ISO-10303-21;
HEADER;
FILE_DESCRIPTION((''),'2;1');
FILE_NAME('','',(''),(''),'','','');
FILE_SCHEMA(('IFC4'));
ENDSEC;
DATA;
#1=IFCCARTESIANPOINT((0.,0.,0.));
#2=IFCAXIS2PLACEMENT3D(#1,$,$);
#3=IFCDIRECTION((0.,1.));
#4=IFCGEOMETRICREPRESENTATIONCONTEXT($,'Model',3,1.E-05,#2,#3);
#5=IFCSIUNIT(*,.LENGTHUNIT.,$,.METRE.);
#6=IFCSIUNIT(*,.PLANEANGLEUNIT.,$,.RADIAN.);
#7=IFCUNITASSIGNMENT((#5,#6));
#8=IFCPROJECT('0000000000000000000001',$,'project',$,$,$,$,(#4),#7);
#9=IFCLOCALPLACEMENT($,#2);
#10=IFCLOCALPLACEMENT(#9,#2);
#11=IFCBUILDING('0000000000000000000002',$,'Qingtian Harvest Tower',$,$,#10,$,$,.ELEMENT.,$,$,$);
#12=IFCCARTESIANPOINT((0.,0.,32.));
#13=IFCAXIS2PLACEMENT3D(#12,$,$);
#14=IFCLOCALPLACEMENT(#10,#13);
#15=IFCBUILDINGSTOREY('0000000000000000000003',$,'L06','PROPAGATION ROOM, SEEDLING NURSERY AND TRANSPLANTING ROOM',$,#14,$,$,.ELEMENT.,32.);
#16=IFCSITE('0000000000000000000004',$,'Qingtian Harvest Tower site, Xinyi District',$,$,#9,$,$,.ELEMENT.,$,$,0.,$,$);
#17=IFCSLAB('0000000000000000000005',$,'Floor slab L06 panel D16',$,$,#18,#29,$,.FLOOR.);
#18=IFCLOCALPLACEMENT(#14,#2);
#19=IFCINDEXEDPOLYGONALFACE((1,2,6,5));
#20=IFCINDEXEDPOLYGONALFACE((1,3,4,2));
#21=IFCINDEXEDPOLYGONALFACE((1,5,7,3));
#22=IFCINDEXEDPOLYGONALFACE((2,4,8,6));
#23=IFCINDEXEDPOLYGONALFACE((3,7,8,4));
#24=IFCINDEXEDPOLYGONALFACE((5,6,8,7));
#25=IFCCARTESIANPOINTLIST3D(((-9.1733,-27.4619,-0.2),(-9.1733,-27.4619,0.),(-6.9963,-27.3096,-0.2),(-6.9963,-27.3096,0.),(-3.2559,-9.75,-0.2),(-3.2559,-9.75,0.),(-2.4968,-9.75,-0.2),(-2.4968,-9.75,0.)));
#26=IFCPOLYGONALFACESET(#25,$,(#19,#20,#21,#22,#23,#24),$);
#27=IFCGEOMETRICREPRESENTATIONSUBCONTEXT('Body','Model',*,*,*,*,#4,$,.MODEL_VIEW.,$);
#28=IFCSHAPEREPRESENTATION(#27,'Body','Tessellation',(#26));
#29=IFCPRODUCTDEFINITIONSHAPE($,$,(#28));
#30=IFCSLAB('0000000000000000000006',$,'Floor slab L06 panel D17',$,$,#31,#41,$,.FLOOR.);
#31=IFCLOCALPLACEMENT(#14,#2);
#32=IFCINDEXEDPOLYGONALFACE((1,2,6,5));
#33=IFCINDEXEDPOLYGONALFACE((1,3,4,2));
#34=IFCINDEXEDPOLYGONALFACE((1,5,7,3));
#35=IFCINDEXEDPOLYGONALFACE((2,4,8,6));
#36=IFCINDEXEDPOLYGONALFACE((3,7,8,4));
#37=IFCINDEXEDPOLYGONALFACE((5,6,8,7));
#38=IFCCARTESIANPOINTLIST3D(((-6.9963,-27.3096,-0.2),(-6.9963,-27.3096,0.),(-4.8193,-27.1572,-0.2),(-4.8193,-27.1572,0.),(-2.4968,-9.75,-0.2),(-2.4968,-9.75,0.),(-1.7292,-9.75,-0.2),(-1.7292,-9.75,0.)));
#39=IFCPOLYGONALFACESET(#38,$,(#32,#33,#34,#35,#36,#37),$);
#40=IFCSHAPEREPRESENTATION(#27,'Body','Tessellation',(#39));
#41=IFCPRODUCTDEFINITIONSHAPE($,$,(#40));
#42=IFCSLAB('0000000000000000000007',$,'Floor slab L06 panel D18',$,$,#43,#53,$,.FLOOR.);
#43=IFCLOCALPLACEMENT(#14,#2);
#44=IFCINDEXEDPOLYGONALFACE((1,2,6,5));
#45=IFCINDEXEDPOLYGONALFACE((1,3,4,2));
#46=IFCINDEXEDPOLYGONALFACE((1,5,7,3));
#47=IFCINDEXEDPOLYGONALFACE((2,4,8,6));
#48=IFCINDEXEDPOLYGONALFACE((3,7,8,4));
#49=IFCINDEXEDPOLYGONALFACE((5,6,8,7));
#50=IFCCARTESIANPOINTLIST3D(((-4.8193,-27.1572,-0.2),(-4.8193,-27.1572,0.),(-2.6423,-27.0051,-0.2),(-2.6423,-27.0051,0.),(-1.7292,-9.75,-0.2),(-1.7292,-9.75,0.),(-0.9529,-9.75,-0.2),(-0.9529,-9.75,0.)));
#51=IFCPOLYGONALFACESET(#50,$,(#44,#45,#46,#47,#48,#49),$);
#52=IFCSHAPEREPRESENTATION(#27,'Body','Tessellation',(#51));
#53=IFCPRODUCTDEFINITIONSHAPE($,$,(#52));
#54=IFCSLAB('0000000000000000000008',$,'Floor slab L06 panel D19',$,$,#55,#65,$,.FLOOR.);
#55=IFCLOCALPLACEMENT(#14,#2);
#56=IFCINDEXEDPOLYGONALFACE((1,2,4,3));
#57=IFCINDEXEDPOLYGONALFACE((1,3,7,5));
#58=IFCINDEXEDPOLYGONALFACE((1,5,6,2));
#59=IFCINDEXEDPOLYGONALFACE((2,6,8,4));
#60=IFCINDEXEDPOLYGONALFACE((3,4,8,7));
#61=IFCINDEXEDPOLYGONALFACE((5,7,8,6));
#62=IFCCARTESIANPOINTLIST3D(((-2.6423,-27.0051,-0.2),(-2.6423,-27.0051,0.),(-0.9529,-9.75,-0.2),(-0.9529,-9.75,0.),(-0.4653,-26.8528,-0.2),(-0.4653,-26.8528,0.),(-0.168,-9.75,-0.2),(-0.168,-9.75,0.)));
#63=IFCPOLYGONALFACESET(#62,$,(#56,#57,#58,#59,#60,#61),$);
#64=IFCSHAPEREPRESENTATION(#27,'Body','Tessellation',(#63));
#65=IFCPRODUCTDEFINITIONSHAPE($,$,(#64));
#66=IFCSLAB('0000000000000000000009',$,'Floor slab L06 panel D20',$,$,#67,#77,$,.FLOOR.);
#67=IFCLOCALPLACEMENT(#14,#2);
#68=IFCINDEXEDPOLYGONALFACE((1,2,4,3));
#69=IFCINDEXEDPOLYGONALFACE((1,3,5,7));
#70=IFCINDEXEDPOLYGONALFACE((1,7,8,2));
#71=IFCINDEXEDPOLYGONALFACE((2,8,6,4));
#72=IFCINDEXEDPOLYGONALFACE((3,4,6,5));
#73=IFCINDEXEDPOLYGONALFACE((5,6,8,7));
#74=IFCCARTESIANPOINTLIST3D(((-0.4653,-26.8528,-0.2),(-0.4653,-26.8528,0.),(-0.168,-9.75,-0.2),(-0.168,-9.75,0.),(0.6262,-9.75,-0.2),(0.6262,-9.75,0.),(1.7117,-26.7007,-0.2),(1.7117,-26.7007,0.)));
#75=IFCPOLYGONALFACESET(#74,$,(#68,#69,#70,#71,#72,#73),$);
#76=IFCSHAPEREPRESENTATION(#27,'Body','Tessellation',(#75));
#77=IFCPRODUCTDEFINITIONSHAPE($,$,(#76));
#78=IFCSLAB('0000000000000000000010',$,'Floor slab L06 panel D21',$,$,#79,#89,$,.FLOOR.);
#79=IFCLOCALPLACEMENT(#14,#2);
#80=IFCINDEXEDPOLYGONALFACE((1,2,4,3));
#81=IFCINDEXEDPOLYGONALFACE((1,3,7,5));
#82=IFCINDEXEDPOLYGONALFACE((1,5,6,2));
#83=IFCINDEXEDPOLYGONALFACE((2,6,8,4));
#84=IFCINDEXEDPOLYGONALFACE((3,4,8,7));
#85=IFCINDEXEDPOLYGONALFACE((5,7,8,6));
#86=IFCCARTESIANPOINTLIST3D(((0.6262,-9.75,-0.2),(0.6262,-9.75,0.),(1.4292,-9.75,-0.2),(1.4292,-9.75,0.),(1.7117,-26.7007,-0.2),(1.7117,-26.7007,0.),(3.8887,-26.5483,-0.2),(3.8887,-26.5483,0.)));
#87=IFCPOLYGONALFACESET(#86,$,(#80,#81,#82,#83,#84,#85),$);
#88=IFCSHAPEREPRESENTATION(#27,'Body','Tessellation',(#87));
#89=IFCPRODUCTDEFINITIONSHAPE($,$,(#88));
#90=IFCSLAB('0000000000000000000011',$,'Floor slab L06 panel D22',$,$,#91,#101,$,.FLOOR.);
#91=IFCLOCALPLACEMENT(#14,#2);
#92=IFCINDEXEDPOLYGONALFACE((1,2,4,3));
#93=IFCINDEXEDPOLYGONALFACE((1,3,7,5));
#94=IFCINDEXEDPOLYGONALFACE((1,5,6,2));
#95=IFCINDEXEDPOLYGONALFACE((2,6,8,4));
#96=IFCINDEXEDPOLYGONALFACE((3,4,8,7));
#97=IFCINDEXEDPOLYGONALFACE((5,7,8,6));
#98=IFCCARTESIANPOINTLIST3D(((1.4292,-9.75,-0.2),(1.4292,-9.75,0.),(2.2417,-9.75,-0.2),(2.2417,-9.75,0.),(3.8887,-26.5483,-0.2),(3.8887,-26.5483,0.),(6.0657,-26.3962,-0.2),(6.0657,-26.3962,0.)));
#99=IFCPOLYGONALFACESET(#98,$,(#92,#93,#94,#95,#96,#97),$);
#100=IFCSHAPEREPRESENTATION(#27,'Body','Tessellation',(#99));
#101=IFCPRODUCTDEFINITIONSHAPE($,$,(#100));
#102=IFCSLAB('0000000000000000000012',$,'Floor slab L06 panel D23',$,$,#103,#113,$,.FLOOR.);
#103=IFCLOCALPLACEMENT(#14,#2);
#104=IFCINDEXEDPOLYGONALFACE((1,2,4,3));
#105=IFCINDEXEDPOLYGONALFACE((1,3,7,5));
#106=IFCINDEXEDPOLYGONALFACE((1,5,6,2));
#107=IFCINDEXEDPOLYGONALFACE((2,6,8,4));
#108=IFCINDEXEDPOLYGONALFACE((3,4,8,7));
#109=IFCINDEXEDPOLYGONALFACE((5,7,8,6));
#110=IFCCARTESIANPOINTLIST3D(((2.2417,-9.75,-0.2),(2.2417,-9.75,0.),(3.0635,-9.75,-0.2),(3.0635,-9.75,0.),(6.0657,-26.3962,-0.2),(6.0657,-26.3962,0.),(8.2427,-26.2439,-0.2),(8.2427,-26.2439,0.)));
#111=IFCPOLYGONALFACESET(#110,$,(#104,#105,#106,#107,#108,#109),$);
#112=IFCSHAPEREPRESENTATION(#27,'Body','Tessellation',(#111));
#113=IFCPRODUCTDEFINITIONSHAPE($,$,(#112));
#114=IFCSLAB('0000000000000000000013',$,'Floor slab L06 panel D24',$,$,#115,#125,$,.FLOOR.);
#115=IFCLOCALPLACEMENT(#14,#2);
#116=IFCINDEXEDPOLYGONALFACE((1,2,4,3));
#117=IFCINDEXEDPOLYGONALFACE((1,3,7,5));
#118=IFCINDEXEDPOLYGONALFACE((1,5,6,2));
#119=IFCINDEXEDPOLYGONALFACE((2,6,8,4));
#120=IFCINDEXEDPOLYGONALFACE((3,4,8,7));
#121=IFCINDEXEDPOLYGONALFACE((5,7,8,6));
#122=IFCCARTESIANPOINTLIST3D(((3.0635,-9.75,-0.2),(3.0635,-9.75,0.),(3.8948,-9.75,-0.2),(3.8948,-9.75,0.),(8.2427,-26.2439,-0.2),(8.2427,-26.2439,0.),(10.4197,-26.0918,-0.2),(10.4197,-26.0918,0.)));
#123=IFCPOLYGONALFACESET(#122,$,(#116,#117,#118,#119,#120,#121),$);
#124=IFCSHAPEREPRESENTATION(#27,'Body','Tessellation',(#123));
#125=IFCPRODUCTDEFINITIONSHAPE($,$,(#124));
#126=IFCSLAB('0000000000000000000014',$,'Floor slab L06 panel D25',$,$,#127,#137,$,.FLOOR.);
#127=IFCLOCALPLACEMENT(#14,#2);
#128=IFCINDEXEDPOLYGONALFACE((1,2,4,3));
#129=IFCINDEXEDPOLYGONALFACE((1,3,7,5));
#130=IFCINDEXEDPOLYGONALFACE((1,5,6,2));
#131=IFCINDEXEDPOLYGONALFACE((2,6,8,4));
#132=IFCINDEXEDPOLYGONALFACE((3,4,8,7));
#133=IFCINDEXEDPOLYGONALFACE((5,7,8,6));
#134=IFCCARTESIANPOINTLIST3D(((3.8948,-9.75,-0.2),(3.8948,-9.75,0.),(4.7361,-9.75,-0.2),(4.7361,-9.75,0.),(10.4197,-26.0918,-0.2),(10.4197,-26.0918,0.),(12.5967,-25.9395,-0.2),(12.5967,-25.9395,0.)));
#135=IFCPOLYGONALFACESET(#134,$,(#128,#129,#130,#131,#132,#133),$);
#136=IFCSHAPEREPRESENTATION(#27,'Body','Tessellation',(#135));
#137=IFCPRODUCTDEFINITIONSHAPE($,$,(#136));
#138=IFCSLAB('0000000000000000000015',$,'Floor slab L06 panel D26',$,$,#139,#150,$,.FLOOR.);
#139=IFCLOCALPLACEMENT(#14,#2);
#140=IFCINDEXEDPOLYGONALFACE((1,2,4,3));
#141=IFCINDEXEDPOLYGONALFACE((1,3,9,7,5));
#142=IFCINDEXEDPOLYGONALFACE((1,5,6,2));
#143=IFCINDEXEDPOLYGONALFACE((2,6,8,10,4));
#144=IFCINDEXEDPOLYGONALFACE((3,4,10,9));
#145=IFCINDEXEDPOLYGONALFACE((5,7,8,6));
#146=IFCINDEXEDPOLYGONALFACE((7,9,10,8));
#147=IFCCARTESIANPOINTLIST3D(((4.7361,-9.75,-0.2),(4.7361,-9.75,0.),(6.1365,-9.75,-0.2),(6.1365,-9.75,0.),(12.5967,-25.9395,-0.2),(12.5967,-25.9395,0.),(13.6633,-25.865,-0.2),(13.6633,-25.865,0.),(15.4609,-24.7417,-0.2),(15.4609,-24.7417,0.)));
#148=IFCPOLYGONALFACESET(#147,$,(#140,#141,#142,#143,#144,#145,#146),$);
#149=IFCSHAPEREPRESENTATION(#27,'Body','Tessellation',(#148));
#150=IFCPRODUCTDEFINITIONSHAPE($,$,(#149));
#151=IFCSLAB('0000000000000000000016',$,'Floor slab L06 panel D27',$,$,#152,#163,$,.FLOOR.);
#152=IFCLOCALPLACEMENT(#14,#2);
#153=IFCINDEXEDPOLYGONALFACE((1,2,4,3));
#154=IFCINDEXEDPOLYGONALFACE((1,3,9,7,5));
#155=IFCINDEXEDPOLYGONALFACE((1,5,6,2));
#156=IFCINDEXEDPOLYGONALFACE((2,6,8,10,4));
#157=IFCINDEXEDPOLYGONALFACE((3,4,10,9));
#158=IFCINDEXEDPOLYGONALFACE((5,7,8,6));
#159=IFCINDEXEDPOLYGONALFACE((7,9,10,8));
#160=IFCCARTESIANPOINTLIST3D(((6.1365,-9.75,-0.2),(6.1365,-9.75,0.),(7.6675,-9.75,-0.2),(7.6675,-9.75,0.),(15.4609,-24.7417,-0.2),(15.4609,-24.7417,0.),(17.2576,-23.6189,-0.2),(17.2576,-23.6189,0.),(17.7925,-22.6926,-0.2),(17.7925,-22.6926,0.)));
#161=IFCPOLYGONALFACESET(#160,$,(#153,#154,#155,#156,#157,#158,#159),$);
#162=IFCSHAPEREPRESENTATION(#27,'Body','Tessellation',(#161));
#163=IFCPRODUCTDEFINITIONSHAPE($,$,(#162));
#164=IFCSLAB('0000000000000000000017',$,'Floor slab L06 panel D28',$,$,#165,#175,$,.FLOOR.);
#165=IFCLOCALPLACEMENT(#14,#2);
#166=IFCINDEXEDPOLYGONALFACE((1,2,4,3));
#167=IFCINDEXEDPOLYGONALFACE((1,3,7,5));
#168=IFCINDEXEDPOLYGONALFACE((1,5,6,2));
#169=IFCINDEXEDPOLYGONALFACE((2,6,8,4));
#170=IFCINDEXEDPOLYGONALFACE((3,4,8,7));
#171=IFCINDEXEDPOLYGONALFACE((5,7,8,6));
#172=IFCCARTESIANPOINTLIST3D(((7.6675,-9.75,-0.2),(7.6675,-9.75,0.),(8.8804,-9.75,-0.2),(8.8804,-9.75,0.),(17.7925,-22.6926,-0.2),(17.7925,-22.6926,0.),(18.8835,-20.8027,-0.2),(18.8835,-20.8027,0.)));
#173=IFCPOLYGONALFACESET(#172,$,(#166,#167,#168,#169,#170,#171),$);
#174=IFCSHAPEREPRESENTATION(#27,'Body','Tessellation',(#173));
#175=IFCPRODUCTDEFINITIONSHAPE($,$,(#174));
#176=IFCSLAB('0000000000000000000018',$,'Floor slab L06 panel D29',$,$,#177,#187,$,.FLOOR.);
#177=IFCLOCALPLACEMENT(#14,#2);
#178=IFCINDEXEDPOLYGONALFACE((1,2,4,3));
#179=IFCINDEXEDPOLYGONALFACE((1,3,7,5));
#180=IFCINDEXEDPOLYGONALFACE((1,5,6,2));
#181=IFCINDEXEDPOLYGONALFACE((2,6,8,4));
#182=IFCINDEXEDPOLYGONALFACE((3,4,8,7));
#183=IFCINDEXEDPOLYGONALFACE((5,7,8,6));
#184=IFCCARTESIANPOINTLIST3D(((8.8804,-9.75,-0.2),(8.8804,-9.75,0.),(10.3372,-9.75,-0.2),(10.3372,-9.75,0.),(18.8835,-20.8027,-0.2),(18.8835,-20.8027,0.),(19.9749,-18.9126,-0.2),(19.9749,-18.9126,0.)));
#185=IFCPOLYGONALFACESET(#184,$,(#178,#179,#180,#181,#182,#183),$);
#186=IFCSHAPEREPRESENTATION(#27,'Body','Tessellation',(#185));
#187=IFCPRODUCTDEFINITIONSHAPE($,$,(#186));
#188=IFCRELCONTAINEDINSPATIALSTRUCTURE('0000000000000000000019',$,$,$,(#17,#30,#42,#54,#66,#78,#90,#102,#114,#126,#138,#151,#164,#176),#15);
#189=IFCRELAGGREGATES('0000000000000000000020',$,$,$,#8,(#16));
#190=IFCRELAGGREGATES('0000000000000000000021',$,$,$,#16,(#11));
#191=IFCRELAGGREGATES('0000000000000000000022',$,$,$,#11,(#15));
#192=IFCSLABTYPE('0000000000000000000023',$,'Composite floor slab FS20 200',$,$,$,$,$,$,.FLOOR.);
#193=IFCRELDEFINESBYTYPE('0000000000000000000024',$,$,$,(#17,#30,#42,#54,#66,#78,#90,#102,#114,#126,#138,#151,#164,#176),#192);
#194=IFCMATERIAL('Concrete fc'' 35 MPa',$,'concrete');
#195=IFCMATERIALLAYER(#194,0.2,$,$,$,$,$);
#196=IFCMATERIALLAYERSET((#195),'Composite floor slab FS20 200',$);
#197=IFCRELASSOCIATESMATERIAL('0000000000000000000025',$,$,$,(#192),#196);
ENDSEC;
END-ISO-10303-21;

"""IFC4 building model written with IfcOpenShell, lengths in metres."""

from ifc_helpers import new_model, si_unit, direction, frame, origin, place, context, subcontext, project, spatial, polyline, outline, extrude, material, layer, layer_set, type_object, element, save


model = new_model("IFC4")

# Units and contexts
model_context = context("Model", 3, precision=1e-05, world=origin(), true_north=direction((0.0, 1.0)))
body_context = subcontext(model_context, "Body", "Model", "MODEL_VIEW")
ifc_project = project(units=[si_unit("LENGTHUNIT", "METRE"), si_unit("PLANEANGLEUNIT", "RADIAN")], contexts=[model_context])

# Site, building, storey
site_placement = place(None, origin())
site = spatial("IfcSite", under=ifc_project, at=site_placement, Name="Qingtian Harvest Tower site, Xinyi District", CompositionType="ELEMENT", RefElevation=0.0)
building_placement = place(site_placement, origin())
building = spatial("IfcBuilding", under=site, at=building_placement, Name="Qingtian Harvest Tower", CompositionType="ELEMENT")
storey_placement = place(building_placement, frame((0.0, 0.0, 32.0)))
storey = spatial("IfcBuildingStorey", under=building, at=storey_placement, Name="L06", Description="PROPAGATION ROOM, SEEDLING NURSERY AND TRANSPLANTING ROOM", CompositionType="ELEMENT", Elevation=32.0)

# Slabs
ifc_material = material(Name="Concrete fc' 35 MPa", Category="concrete")
ifc_layer = layer(ifc_material, 0.2)
ifc_layer_set = layer_set([ifc_layer], Name="Composite floor slab FS20 200")
slab_type = type_object("IfcSlabType", Name="Composite floor slab FS20 200", PredefinedType="FLOOR", material=ifc_layer_set)
slab_1_placement = place(storey_placement, frame((0.0, 0.0, -0.2)))
element("IfcSlab", 1, at=slab_1_placement, inside=storey, type_object=slab_type, Name="Floor slab L06 panel D16", PredefinedType="FLOOR", context=body_context, shape_type="SweptSolid", body=[
    extrude(outline(polyline([(-2.4968, -9.75), (-6.9963, -27.3096), (-9.1733, -27.4619), (-3.2559, -9.75), (-2.4968, -9.75)])), origin(), (0.0, 0.0, 1.0), 0.2),
])
slab_2_placement = place(storey_placement, frame((0.0, 0.0, -0.2)))
element("IfcSlab", 2, at=slab_2_placement, inside=storey, type_object=slab_type, Name="Floor slab L06 panel D17", PredefinedType="FLOOR", context=body_context, shape_type="SweptSolid", body=[
    extrude(outline(polyline([(-1.7292, -9.75), (-4.8193, -27.1572), (-6.9963, -27.3096), (-2.4968, -9.75), (-1.7292, -9.75)])), origin(), (0.0, 0.0, 1.0), 0.2),
])
slab_3_placement = place(storey_placement, frame((0.0, 0.0, -0.2)))
element("IfcSlab", 3, at=slab_3_placement, inside=storey, type_object=slab_type, Name="Floor slab L06 panel D18", PredefinedType="FLOOR", context=body_context, shape_type="SweptSolid", body=[
    extrude(outline(polyline([(-0.9529, -9.75), (-2.6423, -27.0051), (-4.8193, -27.1572), (-1.7292, -9.75), (-0.9529, -9.75)])), origin(), (0.0, 0.0, 1.0), 0.2),
])
slab_4_placement = place(storey_placement, frame((0.0, 0.0, -0.2)))
element("IfcSlab", 4, at=slab_4_placement, inside=storey, type_object=slab_type, Name="Floor slab L06 panel D19", PredefinedType="FLOOR", context=body_context, shape_type="SweptSolid", body=[
    extrude(outline(polyline([(-0.168, -9.75), (-0.4653, -26.8528), (-2.6423, -27.0051), (-0.9529, -9.75), (-0.168, -9.75)])), origin(), (0.0, 0.0, 1.0), 0.2),
])
slab_5_placement = place(storey_placement, frame((0.0, 0.0, -0.2)))
element("IfcSlab", 5, at=slab_5_placement, inside=storey, type_object=slab_type, Name="Floor slab L06 panel D20", PredefinedType="FLOOR", context=body_context, shape_type="SweptSolid", body=[
    extrude(outline(polyline([(0.6262, -9.75), (1.7117, -26.7007), (-0.4653, -26.8528), (-0.168, -9.75), (0.6262, -9.75)])), origin(), (0.0, 0.0, 1.0), 0.2),
])
slab_6_placement = place(storey_placement, frame((0.0, 0.0, -0.2)))
element("IfcSlab", 6, at=slab_6_placement, inside=storey, type_object=slab_type, Name="Floor slab L06 panel D21", PredefinedType="FLOOR", context=body_context, shape_type="SweptSolid", body=[
    extrude(outline(polyline([(1.4292, -9.75), (3.8887, -26.5483), (1.7117, -26.7007), (0.6262, -9.75), (1.4292, -9.75)])), origin(), (0.0, 0.0, 1.0), 0.2),
])
slab_7_placement = place(storey_placement, frame((0.0, 0.0, -0.2)))
element("IfcSlab", 7, at=slab_7_placement, inside=storey, type_object=slab_type, Name="Floor slab L06 panel D22", PredefinedType="FLOOR", context=body_context, shape_type="SweptSolid", body=[
    extrude(outline(polyline([(2.2417, -9.75), (6.0657, -26.3962), (3.8887, -26.5483), (1.4292, -9.75), (2.2417, -9.75)])), origin(), (0.0, 0.0, 1.0), 0.2),
])
slab_8_placement = place(storey_placement, frame((0.0, 0.0, -0.2)))
element("IfcSlab", 8, at=slab_8_placement, inside=storey, type_object=slab_type, Name="Floor slab L06 panel D23", PredefinedType="FLOOR", context=body_context, shape_type="SweptSolid", body=[
    extrude(outline(polyline([(3.0635, -9.75), (8.2427, -26.2439), (6.0657, -26.3962), (2.2417, -9.75), (3.0635, -9.75)])), origin(), (0.0, 0.0, 1.0), 0.2),
])
slab_9_placement = place(storey_placement, frame((0.0, 0.0, -0.2)))
element("IfcSlab", 9, at=slab_9_placement, inside=storey, type_object=slab_type, Name="Floor slab L06 panel D24", PredefinedType="FLOOR", context=body_context, shape_type="SweptSolid", body=[
    extrude(outline(polyline([(3.8948, -9.75), (10.4197, -26.0918), (8.2427, -26.2439), (3.0635, -9.75), (3.8948, -9.75)])), origin(), (0.0, 0.0, 1.0), 0.2),
])
slab_10_placement = place(storey_placement, frame((0.0, 0.0, -0.2)))
element("IfcSlab", 10, at=slab_10_placement, inside=storey, type_object=slab_type, Name="Floor slab L06 panel D25", PredefinedType="FLOOR", context=body_context, shape_type="SweptSolid", body=[
    extrude(outline(polyline([(4.7361, -9.75), (12.5967, -25.9395), (10.4197, -26.0918), (3.8948, -9.75), (4.7361, -9.75)])), origin(), (0.0, 0.0, 1.0), 0.2),
])
slab_11_placement = place(storey_placement, frame((0.0, 0.0, -0.2)))
element("IfcSlab", 11, at=slab_11_placement, inside=storey, type_object=slab_type, Name="Floor slab L06 panel D26", PredefinedType="FLOOR", context=body_context, shape_type="SweptSolid", body=[
    extrude(outline(polyline([(4.7361, -9.75), (6.1365, -9.75), (15.4609, -24.7417), (13.6633, -25.865), (12.5967, -25.9395), (4.7361, -9.75)])), origin(), (0.0, 0.0, 1.0), 0.2),
])
slab_12_placement = place(storey_placement, frame((0.0, 0.0, -0.2)))
element("IfcSlab", 12, at=slab_12_placement, inside=storey, type_object=slab_type, Name="Floor slab L06 panel D27", PredefinedType="FLOOR", context=body_context, shape_type="SweptSolid", body=[
    extrude(outline(polyline([(6.1365, -9.75), (7.6675, -9.75), (17.7925, -22.6926), (17.2576, -23.6189), (15.4609, -24.7417), (6.1365, -9.75)])), origin(), (0.0, 0.0, 1.0), 0.2),
])
slab_13_placement = place(storey_placement, frame((0.0, 0.0, -0.2)))
element("IfcSlab", 13, at=slab_13_placement, inside=storey, type_object=slab_type, Name="Floor slab L06 panel D28", PredefinedType="FLOOR", context=body_context, shape_type="SweptSolid", body=[
    extrude(outline(polyline([(8.8804, -9.75), (18.8835, -20.8027), (17.7925, -22.6926), (7.6675, -9.75), (8.8804, -9.75)])), origin(), (0.0, 0.0, 1.0), 0.2),
])
slab_14_placement = place(storey_placement, frame((0.0, 0.0, -0.2)))
element("IfcSlab", 14, at=slab_14_placement, inside=storey, type_object=slab_type, Name="Floor slab L06 panel D29", PredefinedType="FLOOR", context=body_context, shape_type="SweptSolid", body=[
    extrude(outline(polyline([(10.3372, -9.75), (19.9749, -18.9126), (18.8835, -20.8027), (8.8804, -9.75), (10.3372, -9.75)])), origin(), (0.0, 0.0, 1.0), 0.2),
])

save(model, "model.ifc")
